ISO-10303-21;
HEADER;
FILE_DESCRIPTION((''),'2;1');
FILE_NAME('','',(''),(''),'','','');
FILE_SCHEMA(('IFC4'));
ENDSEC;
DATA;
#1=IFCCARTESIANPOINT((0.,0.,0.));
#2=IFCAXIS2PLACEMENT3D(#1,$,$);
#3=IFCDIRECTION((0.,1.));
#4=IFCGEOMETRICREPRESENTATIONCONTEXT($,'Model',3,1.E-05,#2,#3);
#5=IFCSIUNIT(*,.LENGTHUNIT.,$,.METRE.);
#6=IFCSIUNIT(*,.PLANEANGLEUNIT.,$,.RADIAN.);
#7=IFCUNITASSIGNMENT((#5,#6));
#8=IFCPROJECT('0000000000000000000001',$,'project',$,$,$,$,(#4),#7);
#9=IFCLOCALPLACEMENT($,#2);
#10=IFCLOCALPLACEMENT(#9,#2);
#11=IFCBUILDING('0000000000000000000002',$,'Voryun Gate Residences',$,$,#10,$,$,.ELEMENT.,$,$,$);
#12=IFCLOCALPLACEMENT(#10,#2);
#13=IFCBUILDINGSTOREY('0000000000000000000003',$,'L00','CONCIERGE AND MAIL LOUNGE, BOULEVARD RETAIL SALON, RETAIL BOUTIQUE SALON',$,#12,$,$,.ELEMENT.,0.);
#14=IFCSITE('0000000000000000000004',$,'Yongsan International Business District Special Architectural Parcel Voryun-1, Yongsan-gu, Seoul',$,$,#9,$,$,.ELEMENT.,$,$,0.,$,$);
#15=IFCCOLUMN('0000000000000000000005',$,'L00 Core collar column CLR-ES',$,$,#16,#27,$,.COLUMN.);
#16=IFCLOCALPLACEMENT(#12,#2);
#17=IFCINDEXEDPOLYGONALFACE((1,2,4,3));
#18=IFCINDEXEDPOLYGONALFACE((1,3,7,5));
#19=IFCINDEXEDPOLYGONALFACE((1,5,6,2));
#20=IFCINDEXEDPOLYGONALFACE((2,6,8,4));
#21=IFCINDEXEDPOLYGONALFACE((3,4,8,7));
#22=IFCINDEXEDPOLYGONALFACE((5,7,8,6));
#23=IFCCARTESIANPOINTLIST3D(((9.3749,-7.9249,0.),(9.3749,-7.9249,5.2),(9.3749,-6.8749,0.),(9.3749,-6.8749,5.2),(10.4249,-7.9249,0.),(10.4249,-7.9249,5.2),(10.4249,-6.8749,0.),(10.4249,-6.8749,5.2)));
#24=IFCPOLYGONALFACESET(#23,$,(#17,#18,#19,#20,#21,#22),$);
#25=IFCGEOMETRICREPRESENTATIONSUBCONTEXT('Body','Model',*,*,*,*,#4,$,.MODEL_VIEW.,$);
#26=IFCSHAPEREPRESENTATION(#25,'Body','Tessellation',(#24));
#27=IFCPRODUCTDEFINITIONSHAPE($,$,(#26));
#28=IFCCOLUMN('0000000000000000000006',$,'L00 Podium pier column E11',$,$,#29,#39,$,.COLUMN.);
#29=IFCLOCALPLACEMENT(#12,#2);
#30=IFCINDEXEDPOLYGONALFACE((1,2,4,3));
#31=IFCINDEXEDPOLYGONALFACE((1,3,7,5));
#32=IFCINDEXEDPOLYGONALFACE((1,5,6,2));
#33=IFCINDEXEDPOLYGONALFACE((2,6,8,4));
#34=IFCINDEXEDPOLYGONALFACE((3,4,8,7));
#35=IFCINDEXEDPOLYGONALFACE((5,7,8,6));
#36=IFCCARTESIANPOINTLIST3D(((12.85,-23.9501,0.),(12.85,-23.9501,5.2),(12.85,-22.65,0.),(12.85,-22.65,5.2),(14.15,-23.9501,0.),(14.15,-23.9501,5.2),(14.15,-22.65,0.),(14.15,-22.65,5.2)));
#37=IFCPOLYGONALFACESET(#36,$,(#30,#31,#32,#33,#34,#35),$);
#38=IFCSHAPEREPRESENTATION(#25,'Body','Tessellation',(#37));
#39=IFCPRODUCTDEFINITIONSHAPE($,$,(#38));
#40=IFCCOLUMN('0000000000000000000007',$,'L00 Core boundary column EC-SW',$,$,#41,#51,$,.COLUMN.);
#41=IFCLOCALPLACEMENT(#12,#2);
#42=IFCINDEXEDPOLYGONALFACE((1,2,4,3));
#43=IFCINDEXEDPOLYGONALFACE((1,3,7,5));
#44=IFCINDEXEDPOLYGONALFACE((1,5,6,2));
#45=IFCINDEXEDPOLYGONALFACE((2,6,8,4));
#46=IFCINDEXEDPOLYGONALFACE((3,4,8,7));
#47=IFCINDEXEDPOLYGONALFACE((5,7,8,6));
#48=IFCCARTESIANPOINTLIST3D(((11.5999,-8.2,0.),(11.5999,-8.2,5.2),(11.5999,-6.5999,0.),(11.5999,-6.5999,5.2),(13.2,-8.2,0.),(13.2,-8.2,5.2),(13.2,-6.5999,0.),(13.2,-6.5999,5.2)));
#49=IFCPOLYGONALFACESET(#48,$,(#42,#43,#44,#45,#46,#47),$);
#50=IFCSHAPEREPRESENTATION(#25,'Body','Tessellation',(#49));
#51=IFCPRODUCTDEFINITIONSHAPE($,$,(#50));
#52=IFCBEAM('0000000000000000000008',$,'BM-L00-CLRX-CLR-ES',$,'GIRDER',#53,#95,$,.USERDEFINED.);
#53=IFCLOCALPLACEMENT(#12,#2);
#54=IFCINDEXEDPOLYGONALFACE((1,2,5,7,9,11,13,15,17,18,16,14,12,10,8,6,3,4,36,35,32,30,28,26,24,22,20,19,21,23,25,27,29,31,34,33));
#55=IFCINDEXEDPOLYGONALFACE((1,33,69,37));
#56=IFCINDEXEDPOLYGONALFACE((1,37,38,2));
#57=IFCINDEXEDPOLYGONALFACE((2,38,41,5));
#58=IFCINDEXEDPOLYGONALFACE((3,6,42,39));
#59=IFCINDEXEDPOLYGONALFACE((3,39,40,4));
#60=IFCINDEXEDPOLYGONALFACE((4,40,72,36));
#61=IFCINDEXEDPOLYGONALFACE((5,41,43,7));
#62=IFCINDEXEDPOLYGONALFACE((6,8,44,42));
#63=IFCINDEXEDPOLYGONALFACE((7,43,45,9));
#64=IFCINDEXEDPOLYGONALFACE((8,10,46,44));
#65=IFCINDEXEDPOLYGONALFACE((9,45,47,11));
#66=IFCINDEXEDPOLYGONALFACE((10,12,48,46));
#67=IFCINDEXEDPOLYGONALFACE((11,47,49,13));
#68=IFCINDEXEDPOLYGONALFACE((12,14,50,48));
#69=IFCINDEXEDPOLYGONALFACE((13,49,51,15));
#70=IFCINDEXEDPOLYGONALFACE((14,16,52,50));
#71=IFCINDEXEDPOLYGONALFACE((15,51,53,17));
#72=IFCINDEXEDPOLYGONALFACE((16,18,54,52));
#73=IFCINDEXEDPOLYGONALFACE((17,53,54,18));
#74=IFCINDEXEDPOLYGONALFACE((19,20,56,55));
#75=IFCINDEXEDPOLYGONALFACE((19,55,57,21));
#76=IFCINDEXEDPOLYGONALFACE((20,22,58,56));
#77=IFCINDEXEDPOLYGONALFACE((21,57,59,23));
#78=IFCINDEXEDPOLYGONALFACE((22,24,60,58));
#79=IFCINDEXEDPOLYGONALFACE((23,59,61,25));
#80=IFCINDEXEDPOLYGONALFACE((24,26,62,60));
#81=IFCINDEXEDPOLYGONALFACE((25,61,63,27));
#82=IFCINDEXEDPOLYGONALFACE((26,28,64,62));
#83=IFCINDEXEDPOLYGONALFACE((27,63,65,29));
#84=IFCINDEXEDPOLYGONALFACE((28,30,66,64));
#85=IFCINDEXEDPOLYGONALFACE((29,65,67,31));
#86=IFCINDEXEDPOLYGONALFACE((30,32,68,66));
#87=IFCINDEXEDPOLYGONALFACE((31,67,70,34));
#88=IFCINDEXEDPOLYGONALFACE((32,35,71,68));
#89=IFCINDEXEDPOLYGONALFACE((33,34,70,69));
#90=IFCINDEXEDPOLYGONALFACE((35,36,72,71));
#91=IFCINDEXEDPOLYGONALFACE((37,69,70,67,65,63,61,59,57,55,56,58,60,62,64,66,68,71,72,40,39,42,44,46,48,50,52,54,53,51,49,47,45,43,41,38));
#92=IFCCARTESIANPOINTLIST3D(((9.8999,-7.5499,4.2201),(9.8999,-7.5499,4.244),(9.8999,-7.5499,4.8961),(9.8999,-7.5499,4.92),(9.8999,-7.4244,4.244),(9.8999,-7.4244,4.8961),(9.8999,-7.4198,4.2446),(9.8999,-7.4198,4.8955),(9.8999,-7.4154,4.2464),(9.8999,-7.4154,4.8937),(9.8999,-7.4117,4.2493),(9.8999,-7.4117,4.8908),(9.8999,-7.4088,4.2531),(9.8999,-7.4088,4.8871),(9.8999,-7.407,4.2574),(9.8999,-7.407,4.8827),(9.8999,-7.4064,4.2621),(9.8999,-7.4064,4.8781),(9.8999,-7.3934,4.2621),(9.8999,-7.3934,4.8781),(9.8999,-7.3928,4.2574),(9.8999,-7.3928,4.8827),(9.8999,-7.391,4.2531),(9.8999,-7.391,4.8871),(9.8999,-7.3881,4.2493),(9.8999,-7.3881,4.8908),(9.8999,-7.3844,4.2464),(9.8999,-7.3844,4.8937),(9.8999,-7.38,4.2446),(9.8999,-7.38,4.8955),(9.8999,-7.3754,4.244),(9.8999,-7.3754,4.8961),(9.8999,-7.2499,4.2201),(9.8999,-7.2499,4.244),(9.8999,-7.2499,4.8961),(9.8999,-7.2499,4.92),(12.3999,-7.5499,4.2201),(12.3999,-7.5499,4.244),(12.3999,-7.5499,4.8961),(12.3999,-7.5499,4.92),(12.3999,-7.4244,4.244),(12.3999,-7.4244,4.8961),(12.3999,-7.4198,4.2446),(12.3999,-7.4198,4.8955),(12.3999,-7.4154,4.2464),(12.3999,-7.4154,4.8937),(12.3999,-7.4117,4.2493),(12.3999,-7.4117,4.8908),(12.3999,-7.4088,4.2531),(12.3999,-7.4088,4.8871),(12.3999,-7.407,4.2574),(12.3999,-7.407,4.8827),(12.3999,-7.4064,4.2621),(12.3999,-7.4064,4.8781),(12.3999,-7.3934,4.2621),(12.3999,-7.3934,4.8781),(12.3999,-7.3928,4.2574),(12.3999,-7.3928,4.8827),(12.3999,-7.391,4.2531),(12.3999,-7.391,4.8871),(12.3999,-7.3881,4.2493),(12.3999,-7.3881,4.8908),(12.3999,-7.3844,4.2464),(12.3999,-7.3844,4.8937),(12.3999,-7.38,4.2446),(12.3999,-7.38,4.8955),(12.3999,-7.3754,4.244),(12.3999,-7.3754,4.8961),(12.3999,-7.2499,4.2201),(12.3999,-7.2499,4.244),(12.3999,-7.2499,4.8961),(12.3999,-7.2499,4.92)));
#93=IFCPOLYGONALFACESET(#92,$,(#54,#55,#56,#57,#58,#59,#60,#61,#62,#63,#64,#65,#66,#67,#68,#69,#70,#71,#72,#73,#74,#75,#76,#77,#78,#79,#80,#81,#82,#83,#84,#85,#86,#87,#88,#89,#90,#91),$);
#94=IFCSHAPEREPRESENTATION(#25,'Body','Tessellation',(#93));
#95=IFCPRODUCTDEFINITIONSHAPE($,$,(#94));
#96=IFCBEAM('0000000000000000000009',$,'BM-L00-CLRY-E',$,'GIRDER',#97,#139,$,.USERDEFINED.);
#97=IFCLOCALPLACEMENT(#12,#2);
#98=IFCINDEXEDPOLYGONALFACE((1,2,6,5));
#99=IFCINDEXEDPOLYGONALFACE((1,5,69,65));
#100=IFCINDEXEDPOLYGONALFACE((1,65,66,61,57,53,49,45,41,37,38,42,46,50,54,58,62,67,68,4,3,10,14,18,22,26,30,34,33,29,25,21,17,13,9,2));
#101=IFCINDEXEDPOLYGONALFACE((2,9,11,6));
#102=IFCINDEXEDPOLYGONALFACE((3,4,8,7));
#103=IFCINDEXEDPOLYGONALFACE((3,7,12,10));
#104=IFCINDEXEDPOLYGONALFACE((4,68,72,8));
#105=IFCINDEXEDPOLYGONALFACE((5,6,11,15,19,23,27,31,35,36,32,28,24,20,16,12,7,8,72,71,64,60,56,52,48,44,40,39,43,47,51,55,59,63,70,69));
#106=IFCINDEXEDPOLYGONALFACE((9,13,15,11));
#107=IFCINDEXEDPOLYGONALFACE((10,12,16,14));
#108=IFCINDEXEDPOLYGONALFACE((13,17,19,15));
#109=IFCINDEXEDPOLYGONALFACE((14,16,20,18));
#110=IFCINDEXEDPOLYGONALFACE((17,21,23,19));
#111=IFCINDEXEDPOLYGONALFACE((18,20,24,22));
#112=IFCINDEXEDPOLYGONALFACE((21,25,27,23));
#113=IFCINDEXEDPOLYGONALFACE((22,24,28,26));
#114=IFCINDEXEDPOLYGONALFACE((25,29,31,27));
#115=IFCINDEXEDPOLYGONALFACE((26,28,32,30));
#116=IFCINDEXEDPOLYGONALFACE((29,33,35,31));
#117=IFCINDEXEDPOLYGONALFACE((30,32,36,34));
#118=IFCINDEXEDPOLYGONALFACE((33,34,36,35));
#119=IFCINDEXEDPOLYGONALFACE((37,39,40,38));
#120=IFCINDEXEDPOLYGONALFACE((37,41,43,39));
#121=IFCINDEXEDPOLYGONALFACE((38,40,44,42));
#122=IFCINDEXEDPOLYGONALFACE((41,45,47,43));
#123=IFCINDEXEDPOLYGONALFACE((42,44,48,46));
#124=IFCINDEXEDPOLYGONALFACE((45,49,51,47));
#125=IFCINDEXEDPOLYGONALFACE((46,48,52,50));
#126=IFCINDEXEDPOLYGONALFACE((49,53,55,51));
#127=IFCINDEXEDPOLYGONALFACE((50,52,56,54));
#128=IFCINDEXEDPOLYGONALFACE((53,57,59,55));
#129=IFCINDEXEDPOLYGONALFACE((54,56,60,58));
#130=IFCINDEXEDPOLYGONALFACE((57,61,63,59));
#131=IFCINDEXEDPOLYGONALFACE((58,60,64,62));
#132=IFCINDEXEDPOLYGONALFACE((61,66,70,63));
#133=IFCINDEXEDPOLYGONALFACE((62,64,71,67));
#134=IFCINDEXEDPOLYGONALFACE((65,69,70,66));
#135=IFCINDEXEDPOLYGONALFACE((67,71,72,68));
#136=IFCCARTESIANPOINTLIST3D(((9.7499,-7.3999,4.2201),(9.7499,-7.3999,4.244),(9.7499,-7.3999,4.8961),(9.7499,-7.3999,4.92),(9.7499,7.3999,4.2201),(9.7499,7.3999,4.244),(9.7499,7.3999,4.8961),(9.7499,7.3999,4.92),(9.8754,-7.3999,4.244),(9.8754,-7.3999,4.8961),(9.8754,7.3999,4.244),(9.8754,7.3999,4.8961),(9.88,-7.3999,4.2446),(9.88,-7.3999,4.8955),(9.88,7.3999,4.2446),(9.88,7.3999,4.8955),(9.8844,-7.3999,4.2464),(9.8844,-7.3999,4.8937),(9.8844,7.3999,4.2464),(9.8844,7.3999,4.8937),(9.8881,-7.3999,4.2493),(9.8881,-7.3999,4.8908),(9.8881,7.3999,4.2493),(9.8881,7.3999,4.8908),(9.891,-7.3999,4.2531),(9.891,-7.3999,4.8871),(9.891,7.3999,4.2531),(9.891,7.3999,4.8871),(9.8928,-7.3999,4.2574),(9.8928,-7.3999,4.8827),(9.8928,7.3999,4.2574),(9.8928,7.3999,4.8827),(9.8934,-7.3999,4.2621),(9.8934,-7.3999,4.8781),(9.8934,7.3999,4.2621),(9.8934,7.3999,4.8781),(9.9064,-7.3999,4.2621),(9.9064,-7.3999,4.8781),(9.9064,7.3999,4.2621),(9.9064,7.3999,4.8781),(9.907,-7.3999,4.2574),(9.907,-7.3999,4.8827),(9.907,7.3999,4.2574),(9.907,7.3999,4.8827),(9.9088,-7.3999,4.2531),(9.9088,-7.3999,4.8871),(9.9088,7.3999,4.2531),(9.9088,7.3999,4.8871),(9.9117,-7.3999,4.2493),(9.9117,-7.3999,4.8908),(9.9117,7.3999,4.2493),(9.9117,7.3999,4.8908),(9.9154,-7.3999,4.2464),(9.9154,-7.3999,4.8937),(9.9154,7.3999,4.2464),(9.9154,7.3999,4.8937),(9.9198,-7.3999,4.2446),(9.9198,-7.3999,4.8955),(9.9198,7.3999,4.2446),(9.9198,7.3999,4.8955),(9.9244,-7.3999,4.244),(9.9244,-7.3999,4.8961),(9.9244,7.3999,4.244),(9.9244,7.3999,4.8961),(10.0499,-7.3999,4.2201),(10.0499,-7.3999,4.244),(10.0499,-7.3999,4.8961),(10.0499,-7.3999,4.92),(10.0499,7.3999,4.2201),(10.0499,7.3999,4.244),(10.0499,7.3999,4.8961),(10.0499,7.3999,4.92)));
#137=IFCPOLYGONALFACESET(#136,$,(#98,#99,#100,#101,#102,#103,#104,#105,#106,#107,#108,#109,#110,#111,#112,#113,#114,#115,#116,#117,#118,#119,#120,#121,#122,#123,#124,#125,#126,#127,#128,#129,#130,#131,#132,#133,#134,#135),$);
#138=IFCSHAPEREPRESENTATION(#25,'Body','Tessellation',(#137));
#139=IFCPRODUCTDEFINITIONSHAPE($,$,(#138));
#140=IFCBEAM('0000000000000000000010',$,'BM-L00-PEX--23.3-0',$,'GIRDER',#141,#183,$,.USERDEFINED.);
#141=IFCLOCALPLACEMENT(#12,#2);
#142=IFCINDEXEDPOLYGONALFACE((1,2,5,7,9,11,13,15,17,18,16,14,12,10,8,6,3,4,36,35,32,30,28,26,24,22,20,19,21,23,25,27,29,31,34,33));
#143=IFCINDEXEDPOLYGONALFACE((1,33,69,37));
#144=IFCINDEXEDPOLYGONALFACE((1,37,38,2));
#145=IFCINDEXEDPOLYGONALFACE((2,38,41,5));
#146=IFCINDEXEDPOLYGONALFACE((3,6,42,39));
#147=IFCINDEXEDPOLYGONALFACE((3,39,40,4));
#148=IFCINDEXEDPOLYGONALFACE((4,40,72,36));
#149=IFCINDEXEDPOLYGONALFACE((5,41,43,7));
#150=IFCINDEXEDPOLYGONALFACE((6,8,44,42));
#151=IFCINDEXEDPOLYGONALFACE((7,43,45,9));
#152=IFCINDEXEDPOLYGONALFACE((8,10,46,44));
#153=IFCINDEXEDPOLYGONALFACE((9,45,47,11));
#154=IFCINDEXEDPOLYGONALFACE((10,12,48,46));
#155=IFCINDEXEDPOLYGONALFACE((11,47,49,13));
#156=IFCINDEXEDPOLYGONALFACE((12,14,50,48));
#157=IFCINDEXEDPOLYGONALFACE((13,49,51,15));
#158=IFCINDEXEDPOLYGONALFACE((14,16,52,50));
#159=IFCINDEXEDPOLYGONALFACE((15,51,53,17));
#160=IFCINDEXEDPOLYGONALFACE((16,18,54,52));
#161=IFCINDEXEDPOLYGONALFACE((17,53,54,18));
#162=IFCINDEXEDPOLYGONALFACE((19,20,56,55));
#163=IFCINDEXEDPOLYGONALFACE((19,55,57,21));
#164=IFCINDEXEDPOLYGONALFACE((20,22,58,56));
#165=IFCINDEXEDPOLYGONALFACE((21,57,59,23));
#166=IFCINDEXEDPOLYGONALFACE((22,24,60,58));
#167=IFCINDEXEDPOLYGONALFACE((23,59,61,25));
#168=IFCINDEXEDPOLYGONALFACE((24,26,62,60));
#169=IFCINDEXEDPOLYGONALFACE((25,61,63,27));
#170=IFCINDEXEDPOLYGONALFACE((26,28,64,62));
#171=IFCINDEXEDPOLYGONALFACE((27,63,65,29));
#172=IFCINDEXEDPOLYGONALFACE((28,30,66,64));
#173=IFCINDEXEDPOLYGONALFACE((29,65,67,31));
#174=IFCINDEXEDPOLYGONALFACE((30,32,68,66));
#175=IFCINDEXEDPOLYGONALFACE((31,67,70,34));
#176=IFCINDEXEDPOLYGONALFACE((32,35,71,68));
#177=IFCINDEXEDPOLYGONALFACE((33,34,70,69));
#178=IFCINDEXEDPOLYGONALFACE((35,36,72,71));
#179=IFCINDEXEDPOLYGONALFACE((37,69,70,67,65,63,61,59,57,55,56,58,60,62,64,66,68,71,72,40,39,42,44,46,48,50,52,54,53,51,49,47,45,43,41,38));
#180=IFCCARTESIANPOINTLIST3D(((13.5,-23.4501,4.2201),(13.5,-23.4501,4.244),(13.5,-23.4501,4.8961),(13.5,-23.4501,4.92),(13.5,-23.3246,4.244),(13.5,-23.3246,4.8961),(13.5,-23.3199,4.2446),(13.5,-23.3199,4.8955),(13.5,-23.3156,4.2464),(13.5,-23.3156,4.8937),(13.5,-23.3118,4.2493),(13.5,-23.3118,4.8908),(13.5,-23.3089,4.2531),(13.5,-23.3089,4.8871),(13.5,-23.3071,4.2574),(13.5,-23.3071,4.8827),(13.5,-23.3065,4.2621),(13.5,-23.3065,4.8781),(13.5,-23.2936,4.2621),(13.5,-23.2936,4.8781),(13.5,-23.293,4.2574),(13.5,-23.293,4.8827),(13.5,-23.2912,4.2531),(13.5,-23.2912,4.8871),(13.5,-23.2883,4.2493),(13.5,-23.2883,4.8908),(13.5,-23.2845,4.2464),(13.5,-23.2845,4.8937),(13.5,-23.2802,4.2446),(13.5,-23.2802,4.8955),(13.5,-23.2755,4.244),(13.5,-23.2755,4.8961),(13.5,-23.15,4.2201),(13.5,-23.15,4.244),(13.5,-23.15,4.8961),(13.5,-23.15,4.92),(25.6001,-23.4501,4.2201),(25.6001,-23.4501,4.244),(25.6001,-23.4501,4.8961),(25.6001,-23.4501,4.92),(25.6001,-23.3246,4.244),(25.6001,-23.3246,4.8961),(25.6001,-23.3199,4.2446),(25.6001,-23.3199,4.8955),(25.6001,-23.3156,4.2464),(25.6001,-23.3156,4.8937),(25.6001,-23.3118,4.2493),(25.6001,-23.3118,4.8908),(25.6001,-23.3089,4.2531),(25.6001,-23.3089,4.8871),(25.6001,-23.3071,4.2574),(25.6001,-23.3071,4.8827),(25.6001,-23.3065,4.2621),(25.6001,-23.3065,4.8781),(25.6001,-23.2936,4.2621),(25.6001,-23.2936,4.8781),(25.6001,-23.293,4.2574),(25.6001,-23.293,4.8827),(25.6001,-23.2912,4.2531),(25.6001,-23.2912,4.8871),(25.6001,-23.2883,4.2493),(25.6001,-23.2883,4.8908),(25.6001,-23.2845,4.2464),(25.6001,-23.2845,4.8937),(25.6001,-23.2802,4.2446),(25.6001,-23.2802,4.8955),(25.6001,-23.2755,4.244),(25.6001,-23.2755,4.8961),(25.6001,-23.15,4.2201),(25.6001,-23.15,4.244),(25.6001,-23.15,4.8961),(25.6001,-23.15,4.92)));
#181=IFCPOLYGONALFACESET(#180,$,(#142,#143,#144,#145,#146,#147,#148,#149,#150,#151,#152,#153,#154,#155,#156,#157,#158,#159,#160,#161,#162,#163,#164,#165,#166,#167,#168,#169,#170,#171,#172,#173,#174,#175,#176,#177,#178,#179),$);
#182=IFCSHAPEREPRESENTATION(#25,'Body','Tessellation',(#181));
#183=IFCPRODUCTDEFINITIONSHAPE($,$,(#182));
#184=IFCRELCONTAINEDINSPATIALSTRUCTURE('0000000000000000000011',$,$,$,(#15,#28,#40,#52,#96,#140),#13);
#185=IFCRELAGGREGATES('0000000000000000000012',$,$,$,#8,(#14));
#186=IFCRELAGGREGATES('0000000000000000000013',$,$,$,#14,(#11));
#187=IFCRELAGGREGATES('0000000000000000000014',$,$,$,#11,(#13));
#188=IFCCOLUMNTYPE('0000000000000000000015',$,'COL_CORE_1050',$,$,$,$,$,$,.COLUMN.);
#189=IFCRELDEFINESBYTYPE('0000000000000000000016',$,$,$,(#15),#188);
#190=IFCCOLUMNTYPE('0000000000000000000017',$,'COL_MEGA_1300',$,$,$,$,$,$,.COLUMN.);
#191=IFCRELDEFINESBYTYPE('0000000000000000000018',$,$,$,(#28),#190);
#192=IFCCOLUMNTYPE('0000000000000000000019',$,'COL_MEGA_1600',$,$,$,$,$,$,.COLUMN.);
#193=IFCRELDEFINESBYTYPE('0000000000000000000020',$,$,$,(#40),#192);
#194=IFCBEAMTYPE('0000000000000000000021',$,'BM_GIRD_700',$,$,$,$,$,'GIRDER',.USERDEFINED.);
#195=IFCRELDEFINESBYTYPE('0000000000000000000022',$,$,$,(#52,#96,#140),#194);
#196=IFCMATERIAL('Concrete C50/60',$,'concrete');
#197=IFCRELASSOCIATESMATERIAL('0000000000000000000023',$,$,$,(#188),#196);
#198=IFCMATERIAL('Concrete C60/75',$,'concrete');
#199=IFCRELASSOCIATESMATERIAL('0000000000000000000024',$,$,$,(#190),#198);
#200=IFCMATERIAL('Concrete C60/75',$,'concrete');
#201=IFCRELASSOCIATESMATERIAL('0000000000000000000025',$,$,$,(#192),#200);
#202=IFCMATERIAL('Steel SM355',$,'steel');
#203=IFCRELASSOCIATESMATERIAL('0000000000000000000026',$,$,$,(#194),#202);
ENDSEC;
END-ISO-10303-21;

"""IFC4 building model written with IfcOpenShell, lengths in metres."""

from ifc_helpers import new_model, si_unit, direction, frame, origin, origin_2d, place, context, subcontext, project, spatial, rectangle, i_section, extrude, material, material_profile, profile_set, type_object, element, save


model = new_model("IFC4")

# Units and contexts
model_context = context("Model", 3, precision=1e-05, world=origin(), true_north=direction((0.0, 1.0)))
body_context = subcontext(model_context, "Body", "Model", "MODEL_VIEW")
ifc_project = project(units=[si_unit("LENGTHUNIT", "METRE"), si_unit("PLANEANGLEUNIT", "RADIAN")], contexts=[model_context])

# Site, building, storey
site_placement = place(None, origin())
site = spatial("IfcSite", under=ifc_project, at=site_placement, Name="Yongsan International Business District Special Architectural Parcel Voryun-1, Yongsan-gu, Seoul", CompositionType="ELEMENT", RefElevation=0.0)
building_placement = place(site_placement, origin())
building = spatial("IfcBuilding", under=site, at=building_placement, Name="Voryun Gate Residences", CompositionType="ELEMENT")
storey_placement = place(building_placement, origin())
storey = spatial("IfcBuildingStorey", under=building, at=storey_placement, Name="L00", Description="CONCIERGE AND MAIL LOUNGE, BOULEVARD RETAIL SALON, RETAIL BOUTIQUE SALON", CompositionType="ELEMENT", Elevation=0.0)

# Columns
ifc_material_1 = material(Name="Concrete C50/60", Category="concrete")
ifc_material_profile_1 = material_profile(ifc_material_1, rectangle(XDim=1.05, YDim=1.05, at=origin_2d()), Name="RC-1050x1050")
ifc_profile_set_1 = profile_set([ifc_material_profile_1], Name="Concrete C50/60")
column_type_1 = type_object("IfcColumnType", Name="COL_CORE_1050", PredefinedType="COLUMN", material=ifc_profile_set_1)
column_1_placement = place(storey_placement, frame((9.8999, -7.3999, 0.0), z_axis=(0.0, 0.0, 1.0), x_axis=(1.0, 0.0, 0.0)))
element("IfcColumn", 1, at=column_1_placement, inside=storey, type_object=column_type_1, Name="L00 Core collar column CLR-ES", PredefinedType="COLUMN", context=body_context, shape_type="SweptSolid", body=[
    extrude(rectangle(XDim=1.05, YDim=1.05, at=origin_2d()), origin(), (0.0, 0.0, 1.0), 5.2),
])
ifc_material_2 = material(Name="Concrete C60/75", Category="concrete")
ifc_material_profile_2 = material_profile(ifc_material_2, rectangle(XDim=1.3, YDim=1.3, at=origin_2d()), Name="RC-1300x1300")
ifc_profile_set_2 = profile_set([ifc_material_profile_2], Name="Concrete C60/75")
column_type_2 = type_object("IfcColumnType", Name="COL_MEGA_1300", PredefinedType="COLUMN", material=ifc_profile_set_2)
column_2_placement = place(storey_placement, frame((13.5, -23.3, 0.0), z_axis=(0.0, 0.0, 1.0), x_axis=(1.0, 0.0, 0.0)))
element("IfcColumn", 2, at=column_2_placement, inside=storey, type_object=column_type_2, Name="L00 Podium pier column E11", PredefinedType="COLUMN", context=body_context, shape_type="SweptSolid", body=[
    extrude(rectangle(XDim=1.3, YDim=1.3, at=origin_2d()), origin(), (0.0, 0.0, 1.0), 5.2),
])
ifc_material_3 = material(Name="Concrete C60/75", Category="concrete")
ifc_material_profile_3 = material_profile(ifc_material_3, rectangle(XDim=1.6001, YDim=1.6001, at=origin_2d()), Name="RC-1600x1600")
ifc_profile_set_3 = profile_set([ifc_material_profile_3], Name="Concrete C60/75")
column_type_3 = type_object("IfcColumnType", Name="COL_MEGA_1600", PredefinedType="COLUMN", material=ifc_profile_set_3)
column_3_placement = place(storey_placement, frame((12.3999, -7.3999, 0.0), z_axis=(0.0, 0.0, 1.0), x_axis=(1.0, 0.0, 0.0)))
element("IfcColumn", 3, at=column_3_placement, inside=storey, type_object=column_type_3, Name="L00 Core boundary column EC-SW", PredefinedType="COLUMN", context=body_context, shape_type="SweptSolid", body=[
    extrude(rectangle(XDim=1.6001, YDim=1.6001, at=origin_2d()), origin(), (0.0, 0.0, 1.0), 5.2),
])

# Beams
ifc_material_4 = material(Name="Steel SM355", Category="steel")
ifc_material_profile_4 = material_profile(ifc_material_4, i_section(OverallWidth=0.3, OverallDepth=0.7, WebThickness=0.0129, FlangeThickness=0.0239, FilletRadius=0.0181, at=origin_2d()), Name="H-700x300x13x24")
ifc_profile_set_4 = profile_set([ifc_material_profile_4], Name="Steel SM355")
beam_type = type_object("IfcBeamType", Name="BM_GIRD_700", ElementType="GIRDER", PredefinedType="USERDEFINED", material=ifc_profile_set_4)
beam_1_placement = place(storey_placement, frame((12.3999, -7.3999, 4.5701), z_axis=(-1.0, 0.0, 0.0), x_axis=(0.0, -1.0, 0.0)))
element("IfcBeam", 4, at=beam_1_placement, inside=storey, type_object=beam_type, Name="BM-L00-CLRX-CLR-ES", ObjectType="GIRDER", PredefinedType="USERDEFINED", context=body_context, shape_type="SweptSolid", body=[
    extrude(i_section(OverallWidth=0.3, OverallDepth=0.7, WebThickness=0.0129, FlangeThickness=0.0239, FilletRadius=0.0181, at=origin_2d()), origin(), (0.0, 0.0, 1.0), 2.5),
])
beam_2_placement = place(storey_placement, frame((9.8999, -7.3999, 4.5701), z_axis=(0.0, 1.0, 0.0), x_axis=(-1.0, 0.0, 0.0)))
element("IfcBeam", 5, at=beam_2_placement, inside=storey, type_object=beam_type, Name="BM-L00-CLRY-E", ObjectType="GIRDER", PredefinedType="USERDEFINED", context=body_context, shape_type="SweptSolid", body=[
    extrude(i_section(OverallWidth=0.3, OverallDepth=0.7, WebThickness=0.0129, FlangeThickness=0.0239, FilletRadius=0.0181, at=origin_2d()), origin(), (0.0, 0.0, 1.0), 14.7998),
])
beam_3_placement = place(storey_placement, frame((13.5, -23.3, 4.5701), z_axis=(1.0, 0.0, 0.0), x_axis=(0.0, 1.0, 0.0)))
element("IfcBeam", 6, at=beam_3_placement, inside=storey, type_object=beam_type, Name="BM-L00-PEX--23.3-0", ObjectType="GIRDER", PredefinedType="USERDEFINED", context=body_context, shape_type="SweptSolid", body=[
    extrude(i_section(OverallWidth=0.3, OverallDepth=0.7, WebThickness=0.0129, FlangeThickness=0.0239, FilletRadius=0.0181, at=origin_2d()), origin(), (0.0, 0.0, 1.0), 12.1001),
])

save(model, "model.ifc")
